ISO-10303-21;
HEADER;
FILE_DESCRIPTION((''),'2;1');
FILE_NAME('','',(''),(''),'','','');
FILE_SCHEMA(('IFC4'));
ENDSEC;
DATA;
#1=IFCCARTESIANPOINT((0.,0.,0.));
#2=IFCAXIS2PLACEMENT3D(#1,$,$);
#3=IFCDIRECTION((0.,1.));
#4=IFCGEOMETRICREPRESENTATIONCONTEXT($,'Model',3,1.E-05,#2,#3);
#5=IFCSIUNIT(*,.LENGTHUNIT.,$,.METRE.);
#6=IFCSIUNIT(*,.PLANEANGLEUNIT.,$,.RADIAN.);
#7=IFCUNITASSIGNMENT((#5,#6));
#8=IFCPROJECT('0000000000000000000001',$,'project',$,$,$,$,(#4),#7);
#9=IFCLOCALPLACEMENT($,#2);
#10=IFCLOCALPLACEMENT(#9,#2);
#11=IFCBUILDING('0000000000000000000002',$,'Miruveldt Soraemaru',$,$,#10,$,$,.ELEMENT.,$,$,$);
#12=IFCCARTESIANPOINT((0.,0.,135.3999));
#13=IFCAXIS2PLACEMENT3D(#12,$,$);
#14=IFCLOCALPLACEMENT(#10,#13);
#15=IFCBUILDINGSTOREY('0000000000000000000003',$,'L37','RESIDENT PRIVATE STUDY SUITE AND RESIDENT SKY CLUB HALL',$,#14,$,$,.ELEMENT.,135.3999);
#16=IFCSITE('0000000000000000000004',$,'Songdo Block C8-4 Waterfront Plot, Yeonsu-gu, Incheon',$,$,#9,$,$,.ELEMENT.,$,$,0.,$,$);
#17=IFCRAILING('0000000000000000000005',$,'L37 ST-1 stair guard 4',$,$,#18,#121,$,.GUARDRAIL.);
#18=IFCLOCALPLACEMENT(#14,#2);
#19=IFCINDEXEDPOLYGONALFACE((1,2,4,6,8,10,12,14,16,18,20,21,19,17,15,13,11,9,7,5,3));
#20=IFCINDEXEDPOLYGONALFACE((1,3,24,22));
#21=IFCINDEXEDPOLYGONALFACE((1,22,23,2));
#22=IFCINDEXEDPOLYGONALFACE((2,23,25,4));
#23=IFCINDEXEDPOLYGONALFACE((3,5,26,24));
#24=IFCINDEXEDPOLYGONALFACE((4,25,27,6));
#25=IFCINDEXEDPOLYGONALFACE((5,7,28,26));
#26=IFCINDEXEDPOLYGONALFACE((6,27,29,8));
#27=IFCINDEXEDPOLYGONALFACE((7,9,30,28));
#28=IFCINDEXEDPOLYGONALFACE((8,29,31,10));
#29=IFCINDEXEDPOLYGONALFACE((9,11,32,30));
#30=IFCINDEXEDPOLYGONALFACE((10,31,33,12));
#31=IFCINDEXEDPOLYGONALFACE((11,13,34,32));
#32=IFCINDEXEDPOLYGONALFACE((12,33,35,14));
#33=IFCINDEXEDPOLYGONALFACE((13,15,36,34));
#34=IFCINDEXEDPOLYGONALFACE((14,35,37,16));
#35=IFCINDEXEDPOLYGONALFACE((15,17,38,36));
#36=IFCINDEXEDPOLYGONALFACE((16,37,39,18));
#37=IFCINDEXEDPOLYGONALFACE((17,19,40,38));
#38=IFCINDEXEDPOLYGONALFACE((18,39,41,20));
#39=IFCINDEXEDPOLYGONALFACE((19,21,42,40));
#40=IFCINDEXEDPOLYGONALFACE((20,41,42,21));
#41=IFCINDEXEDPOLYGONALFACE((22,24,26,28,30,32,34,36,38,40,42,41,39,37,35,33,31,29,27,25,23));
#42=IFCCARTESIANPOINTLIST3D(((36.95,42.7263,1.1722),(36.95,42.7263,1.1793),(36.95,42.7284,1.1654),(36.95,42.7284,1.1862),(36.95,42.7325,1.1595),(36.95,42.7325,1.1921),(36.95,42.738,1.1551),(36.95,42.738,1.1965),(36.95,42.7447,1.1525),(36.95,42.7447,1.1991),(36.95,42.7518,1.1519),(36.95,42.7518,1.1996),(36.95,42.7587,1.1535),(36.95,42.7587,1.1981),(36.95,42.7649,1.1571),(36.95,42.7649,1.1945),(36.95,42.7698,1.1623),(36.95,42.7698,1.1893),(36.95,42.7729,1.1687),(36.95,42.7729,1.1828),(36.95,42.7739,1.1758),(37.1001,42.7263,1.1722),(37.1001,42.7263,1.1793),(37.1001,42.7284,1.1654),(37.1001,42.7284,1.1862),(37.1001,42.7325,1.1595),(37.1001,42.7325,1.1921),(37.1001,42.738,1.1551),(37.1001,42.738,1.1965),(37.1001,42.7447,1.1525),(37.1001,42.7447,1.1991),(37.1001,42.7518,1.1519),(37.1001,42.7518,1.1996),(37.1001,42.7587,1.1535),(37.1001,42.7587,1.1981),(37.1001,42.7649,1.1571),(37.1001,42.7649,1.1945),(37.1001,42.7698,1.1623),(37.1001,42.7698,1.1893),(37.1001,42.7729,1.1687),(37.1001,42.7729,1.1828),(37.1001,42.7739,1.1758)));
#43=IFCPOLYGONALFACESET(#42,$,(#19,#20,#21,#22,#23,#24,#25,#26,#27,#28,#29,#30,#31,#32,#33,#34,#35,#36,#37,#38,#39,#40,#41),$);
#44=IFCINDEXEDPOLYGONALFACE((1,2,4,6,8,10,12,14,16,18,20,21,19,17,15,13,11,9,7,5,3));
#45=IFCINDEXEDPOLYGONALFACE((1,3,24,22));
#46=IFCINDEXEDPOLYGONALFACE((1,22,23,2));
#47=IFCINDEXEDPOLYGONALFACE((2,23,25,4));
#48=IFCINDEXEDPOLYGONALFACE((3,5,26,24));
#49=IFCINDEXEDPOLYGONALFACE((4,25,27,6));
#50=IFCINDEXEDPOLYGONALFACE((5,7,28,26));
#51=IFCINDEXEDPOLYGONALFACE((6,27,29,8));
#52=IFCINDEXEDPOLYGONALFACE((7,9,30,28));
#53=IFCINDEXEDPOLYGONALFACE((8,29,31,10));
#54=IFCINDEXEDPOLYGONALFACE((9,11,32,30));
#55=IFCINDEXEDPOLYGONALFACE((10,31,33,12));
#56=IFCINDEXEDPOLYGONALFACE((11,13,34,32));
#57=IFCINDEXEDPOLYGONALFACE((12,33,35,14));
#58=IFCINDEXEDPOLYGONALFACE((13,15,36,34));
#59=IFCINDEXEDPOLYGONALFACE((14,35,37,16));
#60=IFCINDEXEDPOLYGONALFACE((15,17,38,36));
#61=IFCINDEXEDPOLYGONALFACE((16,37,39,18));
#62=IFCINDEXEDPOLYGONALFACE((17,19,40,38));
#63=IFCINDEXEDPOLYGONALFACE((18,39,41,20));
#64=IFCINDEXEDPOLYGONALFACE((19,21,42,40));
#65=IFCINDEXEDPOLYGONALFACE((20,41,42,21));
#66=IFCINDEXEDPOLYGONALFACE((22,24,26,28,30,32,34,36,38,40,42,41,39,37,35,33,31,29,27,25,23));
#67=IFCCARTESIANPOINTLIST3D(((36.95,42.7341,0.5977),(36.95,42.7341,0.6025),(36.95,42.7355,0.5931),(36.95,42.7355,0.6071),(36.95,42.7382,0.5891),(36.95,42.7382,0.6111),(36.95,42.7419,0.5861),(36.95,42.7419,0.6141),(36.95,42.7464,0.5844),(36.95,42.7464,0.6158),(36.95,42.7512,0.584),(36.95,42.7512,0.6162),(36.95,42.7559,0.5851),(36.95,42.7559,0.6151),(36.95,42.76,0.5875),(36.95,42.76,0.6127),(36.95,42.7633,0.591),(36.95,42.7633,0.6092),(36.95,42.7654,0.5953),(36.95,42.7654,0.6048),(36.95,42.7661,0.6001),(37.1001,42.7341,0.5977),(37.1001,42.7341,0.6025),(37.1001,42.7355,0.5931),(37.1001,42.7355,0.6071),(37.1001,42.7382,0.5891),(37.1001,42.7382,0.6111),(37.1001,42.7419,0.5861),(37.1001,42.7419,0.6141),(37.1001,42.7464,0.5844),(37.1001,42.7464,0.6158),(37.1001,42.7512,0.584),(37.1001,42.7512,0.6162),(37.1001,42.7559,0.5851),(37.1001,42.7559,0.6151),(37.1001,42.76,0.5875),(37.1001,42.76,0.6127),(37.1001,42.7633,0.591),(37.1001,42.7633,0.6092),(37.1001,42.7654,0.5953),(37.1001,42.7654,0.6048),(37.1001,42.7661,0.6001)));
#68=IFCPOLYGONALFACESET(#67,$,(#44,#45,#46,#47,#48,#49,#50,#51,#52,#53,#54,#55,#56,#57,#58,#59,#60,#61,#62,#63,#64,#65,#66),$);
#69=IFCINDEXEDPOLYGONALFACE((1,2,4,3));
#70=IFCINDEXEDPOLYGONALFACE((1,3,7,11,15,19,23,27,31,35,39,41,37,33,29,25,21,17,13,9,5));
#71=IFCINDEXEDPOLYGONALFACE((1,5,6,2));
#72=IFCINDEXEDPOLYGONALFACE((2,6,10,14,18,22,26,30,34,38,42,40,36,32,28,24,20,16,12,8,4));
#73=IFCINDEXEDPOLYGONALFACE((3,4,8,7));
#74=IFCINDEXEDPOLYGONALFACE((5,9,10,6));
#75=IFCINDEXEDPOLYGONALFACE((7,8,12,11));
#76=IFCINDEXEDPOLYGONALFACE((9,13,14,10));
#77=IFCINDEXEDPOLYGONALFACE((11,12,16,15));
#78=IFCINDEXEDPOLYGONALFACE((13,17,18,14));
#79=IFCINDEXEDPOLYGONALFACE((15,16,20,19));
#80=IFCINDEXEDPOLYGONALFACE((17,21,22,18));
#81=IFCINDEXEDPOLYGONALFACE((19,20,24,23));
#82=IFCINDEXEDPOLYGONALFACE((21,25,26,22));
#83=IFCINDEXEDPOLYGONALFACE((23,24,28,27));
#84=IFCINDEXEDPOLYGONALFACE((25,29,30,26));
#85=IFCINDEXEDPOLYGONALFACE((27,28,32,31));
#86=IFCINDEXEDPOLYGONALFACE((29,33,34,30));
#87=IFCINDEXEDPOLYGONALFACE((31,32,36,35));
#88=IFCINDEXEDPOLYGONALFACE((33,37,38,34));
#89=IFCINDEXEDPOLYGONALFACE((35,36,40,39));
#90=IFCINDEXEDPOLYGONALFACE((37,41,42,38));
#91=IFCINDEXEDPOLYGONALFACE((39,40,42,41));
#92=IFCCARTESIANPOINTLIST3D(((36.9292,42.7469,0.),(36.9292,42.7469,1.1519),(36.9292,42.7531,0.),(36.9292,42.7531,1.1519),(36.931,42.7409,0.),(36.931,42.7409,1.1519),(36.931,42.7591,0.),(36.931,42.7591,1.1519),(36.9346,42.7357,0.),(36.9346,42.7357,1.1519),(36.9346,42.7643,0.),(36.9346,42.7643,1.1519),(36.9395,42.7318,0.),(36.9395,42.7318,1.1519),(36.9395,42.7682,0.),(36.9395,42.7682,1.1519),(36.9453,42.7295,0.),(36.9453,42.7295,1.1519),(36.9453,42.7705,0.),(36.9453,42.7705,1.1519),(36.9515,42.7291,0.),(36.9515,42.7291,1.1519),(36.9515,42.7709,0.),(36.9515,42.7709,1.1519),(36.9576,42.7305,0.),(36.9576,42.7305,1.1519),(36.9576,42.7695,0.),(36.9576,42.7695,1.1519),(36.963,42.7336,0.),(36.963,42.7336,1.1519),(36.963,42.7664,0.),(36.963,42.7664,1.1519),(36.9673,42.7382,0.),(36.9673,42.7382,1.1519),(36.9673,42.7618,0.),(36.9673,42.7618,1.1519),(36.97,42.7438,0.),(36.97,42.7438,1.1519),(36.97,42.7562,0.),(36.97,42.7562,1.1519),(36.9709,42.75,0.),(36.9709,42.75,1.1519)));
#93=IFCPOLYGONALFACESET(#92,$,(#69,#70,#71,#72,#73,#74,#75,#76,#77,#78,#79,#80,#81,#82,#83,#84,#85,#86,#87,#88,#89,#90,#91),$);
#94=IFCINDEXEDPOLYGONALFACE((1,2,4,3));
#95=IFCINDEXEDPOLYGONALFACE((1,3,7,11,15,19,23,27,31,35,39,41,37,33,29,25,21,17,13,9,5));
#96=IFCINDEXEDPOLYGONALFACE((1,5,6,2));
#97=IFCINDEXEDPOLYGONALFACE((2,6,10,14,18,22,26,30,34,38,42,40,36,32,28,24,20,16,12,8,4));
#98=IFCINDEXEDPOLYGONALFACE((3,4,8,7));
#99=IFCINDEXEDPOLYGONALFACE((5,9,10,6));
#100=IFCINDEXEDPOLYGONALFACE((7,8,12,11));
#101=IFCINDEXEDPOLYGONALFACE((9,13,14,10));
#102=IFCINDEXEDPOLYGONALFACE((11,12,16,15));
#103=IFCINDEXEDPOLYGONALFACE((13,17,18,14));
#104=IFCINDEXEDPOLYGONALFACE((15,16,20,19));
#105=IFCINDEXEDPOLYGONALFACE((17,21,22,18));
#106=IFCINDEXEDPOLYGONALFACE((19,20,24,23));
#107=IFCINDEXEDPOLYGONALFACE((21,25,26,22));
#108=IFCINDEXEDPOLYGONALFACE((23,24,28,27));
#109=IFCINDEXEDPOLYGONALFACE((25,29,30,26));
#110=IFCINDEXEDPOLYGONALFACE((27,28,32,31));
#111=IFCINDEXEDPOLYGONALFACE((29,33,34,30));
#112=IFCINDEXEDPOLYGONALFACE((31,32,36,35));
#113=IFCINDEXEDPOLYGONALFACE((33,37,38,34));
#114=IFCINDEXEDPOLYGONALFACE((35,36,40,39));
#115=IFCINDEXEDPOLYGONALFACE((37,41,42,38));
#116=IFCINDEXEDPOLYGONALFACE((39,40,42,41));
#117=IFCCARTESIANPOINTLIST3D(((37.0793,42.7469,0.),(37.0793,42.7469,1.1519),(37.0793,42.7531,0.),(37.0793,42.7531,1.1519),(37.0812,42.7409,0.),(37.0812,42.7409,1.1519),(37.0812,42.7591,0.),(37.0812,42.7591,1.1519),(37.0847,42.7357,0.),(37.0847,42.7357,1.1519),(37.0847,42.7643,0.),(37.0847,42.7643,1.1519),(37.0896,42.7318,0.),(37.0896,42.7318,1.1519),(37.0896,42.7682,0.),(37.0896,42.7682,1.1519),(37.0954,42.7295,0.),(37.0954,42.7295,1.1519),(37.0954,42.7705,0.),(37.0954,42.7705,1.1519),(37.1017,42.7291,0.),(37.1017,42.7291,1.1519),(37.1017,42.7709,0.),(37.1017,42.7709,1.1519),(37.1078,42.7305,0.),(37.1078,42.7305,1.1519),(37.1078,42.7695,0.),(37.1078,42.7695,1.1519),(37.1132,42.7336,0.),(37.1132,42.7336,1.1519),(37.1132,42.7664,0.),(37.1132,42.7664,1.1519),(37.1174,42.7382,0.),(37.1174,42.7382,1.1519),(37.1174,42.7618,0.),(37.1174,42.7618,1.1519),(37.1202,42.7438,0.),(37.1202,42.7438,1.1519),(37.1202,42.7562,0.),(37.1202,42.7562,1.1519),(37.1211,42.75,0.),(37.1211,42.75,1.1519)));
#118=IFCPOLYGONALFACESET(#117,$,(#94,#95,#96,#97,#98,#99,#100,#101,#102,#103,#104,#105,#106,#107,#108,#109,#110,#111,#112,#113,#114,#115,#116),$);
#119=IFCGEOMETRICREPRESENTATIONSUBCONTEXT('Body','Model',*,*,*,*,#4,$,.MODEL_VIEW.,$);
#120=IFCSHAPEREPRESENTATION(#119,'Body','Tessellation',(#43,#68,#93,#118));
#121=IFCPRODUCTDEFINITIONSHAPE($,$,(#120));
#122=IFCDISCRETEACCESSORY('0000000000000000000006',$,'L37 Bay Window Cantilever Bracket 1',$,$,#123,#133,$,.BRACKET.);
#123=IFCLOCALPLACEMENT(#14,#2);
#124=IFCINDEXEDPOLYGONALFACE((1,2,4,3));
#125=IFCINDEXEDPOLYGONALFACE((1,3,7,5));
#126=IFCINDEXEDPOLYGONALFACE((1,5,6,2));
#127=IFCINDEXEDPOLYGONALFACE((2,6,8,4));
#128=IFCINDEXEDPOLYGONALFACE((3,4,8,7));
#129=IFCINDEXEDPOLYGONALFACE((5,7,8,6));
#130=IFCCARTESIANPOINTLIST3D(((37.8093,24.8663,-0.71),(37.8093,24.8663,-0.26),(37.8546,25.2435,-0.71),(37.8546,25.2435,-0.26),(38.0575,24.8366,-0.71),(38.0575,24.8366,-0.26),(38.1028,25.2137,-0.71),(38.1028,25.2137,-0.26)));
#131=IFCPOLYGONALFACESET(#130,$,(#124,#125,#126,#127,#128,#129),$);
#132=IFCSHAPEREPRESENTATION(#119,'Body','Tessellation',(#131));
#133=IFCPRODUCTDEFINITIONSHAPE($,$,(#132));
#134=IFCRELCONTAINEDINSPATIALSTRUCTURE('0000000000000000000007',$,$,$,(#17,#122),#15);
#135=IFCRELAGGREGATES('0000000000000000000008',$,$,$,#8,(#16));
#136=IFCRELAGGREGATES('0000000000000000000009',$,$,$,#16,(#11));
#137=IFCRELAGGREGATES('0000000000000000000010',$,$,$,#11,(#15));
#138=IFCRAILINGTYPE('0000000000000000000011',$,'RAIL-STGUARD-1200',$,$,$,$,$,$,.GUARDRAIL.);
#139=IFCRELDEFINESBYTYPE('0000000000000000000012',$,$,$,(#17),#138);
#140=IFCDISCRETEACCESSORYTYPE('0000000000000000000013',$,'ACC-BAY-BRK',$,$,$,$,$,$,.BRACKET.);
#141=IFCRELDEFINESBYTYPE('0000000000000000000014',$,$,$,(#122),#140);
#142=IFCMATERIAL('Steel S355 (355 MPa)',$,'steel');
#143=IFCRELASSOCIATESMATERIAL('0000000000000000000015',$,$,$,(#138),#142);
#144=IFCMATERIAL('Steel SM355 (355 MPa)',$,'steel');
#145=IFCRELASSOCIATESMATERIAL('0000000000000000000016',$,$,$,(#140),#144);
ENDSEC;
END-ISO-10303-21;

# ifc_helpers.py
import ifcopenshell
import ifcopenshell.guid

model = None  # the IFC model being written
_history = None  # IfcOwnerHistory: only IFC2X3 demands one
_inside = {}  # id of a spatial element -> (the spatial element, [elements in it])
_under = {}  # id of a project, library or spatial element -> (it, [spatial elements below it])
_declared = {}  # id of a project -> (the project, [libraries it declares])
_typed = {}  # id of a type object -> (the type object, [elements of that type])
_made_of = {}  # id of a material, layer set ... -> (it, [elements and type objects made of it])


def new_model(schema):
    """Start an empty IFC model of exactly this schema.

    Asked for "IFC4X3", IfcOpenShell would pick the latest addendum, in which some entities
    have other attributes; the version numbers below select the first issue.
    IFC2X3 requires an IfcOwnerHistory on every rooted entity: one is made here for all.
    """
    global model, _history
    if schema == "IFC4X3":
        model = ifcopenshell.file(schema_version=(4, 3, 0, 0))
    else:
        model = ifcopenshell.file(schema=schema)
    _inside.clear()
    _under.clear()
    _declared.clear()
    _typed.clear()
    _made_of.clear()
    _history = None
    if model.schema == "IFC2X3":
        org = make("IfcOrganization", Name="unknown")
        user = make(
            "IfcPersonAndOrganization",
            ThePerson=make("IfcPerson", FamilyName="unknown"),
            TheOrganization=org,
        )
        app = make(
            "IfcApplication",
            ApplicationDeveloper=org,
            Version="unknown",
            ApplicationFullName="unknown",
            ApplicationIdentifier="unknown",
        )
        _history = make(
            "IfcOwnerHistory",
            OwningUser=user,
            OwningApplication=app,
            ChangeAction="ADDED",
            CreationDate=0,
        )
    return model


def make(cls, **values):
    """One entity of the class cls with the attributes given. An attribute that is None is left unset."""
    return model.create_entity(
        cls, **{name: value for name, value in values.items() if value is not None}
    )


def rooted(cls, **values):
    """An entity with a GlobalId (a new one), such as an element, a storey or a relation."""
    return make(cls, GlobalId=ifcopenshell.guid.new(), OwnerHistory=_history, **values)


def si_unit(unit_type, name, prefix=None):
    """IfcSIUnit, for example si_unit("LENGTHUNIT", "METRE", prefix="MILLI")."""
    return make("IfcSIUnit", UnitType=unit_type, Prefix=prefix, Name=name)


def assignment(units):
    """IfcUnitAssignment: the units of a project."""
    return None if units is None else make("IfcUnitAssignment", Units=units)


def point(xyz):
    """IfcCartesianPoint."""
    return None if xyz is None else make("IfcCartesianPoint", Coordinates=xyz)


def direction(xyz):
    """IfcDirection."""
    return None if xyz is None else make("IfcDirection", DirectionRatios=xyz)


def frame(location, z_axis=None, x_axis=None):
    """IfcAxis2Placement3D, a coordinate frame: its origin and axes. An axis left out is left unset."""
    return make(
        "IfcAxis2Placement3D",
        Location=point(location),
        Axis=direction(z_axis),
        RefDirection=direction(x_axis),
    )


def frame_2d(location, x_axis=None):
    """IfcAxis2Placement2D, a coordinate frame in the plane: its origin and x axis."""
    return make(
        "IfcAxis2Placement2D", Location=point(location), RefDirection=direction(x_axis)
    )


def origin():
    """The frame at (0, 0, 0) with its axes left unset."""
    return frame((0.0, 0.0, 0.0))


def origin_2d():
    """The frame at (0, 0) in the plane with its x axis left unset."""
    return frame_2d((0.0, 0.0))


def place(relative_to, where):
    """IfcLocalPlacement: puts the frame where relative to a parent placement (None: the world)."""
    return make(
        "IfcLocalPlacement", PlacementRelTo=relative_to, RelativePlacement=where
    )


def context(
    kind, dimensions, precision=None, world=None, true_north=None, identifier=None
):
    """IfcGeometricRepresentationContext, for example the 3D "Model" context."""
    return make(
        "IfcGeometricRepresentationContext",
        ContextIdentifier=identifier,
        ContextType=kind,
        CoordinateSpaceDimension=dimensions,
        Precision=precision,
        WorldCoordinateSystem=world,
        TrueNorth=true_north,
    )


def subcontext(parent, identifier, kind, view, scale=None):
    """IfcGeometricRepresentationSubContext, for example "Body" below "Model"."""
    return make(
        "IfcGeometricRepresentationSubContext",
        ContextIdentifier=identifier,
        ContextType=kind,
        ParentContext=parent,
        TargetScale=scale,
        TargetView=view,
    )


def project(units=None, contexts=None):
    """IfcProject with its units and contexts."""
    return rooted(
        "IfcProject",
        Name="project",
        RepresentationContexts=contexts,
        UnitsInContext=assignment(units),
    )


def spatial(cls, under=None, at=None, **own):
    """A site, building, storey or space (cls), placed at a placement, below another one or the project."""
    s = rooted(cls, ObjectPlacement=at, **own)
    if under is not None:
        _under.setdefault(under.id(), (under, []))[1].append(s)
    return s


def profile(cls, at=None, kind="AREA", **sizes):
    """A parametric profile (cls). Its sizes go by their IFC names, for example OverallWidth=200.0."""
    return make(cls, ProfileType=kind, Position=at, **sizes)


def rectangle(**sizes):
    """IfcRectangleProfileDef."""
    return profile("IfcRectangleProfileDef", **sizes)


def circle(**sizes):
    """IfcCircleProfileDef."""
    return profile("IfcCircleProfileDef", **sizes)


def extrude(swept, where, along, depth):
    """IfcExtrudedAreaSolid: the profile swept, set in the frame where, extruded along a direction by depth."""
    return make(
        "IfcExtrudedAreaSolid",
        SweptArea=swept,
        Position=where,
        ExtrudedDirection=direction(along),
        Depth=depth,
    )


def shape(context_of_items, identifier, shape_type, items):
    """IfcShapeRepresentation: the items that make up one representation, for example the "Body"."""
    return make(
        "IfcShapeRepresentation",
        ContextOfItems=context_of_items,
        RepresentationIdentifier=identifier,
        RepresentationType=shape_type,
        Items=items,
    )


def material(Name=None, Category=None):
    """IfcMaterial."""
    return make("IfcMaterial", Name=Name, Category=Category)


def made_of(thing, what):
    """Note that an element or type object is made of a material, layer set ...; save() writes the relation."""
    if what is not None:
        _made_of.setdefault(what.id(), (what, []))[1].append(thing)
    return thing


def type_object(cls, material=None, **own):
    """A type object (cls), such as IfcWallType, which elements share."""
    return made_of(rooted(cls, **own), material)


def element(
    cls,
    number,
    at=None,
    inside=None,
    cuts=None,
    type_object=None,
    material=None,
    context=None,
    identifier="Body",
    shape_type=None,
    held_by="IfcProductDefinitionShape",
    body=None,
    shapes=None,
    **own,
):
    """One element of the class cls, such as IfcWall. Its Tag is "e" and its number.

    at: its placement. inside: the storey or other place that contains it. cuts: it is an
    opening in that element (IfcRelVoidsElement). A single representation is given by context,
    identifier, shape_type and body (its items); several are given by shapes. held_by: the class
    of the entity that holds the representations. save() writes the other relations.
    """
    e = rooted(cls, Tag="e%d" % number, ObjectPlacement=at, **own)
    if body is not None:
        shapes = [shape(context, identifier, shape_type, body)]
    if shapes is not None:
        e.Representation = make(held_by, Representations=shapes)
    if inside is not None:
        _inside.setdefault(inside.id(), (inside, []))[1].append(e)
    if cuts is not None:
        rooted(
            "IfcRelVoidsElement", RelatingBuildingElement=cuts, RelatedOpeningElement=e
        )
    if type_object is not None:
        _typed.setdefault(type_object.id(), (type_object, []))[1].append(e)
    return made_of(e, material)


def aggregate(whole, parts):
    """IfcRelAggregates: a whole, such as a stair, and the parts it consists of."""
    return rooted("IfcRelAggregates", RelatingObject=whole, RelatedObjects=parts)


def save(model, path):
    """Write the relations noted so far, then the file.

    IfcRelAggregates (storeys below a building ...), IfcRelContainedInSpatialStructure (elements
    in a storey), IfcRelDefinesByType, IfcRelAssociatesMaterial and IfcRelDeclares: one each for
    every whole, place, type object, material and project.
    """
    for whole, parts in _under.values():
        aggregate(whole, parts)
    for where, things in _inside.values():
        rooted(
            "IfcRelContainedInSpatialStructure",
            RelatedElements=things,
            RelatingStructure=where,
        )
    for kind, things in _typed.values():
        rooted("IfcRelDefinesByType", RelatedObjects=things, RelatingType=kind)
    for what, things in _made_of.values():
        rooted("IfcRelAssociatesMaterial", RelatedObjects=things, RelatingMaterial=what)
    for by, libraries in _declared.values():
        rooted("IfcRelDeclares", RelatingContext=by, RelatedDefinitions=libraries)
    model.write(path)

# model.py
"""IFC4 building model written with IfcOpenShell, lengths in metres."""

from ifc_helpers import new_model, si_unit, direction, frame, origin, origin_2d, place, context, subcontext, project, spatial, rectangle, circle, extrude, material, type_object, element, save


model = new_model("IFC4")

# Units and contexts
model_context = context("Model", 3, precision=1e-05, world=origin(), true_north=direction((0.0, 1.0)))
body_context = subcontext(model_context, "Body", "Model", "MODEL_VIEW")
ifc_project = project(units=[si_unit("LENGTHUNIT", "METRE"), si_unit("PLANEANGLEUNIT", "RADIAN")], contexts=[model_context])

# Site, building, storey
site_placement = place(None, origin())
site = spatial("IfcSite", under=ifc_project, at=site_placement, Name="Songdo Block C8-4 Waterfront Plot, Yeonsu-gu, Incheon", CompositionType="ELEMENT", RefElevation=0.0)
building_placement = place(site_placement, origin())
building = spatial("IfcBuilding", under=site, at=building_placement, Name="Miruveldt Soraemaru", CompositionType="ELEMENT")
storey_placement = place(building_placement, frame((0.0, 0.0, 135.3999)))
storey = spatial("IfcBuildingStorey", under=building, at=storey_placement, Name="L37", Description="RESIDENT PRIVATE STUDY SUITE AND RESIDENT SKY CLUB HALL", CompositionType="ELEMENT", Elevation=135.3999)

# Shared definitions
ifc_material_1 = material(Name="Steel SM355 (355 MPa)", Category="steel")

# Railing
ifc_material_2 = material(Name="Steel S355 (355 MPa)", Category="steel")
railing_type_1 = type_object("IfcRailingType", Name="RAIL-STGUARD-1200", PredefinedType="GUARDRAIL", material=ifc_material_2)
railing_1_placement = place(storey_placement, frame((36.95, 42.75, 0.0)))
element("IfcRailing", 1, at=railing_1_placement, inside=storey, type_object=railing_type_1, Name="L37 ST-1 stair guard 4", PredefinedType="GUARDRAIL", context=body_context, shape_type="SweptSolid", body=[
    extrude(circle(Radius=0.0239, at=origin_2d()), frame((0.0, 0.0, 1.1758), z_axis=(1.0, 0.0, 0.0), x_axis=(0.0, 1.0, 0.0)), (0.0, 0.0, 1.0), 0.1501),
    extrude(circle(Radius=0.0161, at=origin_2d()), frame((0.0, 0.0, 0.6001), z_axis=(1.0, 0.0, 0.0), x_axis=(0.0, 1.0, 0.0)), (0.0, 0.0, 1.0), 0.1501),
    extrude(circle(Radius=0.021, at=origin_2d()), origin(), (0.0, 0.0, 1.0), 1.1519),
    extrude(circle(Radius=0.021, at=origin_2d()), frame((0.1501, 0.0, 0.0)), (0.0, 0.0, 1.0), 1.1519),
])

# Discrete accessory
discrete_accessory_type = type_object("IfcDiscreteAccessoryType", Name="ACC-BAY-BRK", PredefinedType="BRACKET", material=ifc_material_1)
discrete_accessory_placement = place(storey_placement, frame((37.9561, 25.04, -0.71), z_axis=(0.0, 0.0, 1.0), x_axis=(-0.119149, -0.992876, 0.0)))
element("IfcDiscreteAccessory", 2, at=discrete_accessory_placement, inside=storey, type_object=discrete_accessory_type, Name="L37 Bay Window Cantilever Bracket 1", PredefinedType="BRACKET", context=body_context, shape_type="SweptSolid", body=[
    extrude(rectangle(XDim=0.3799, YDim=0.25, at=origin_2d()), origin(), (0.0, 0.0, 1.0), 0.45),
])

save(model, "model.ifc")
